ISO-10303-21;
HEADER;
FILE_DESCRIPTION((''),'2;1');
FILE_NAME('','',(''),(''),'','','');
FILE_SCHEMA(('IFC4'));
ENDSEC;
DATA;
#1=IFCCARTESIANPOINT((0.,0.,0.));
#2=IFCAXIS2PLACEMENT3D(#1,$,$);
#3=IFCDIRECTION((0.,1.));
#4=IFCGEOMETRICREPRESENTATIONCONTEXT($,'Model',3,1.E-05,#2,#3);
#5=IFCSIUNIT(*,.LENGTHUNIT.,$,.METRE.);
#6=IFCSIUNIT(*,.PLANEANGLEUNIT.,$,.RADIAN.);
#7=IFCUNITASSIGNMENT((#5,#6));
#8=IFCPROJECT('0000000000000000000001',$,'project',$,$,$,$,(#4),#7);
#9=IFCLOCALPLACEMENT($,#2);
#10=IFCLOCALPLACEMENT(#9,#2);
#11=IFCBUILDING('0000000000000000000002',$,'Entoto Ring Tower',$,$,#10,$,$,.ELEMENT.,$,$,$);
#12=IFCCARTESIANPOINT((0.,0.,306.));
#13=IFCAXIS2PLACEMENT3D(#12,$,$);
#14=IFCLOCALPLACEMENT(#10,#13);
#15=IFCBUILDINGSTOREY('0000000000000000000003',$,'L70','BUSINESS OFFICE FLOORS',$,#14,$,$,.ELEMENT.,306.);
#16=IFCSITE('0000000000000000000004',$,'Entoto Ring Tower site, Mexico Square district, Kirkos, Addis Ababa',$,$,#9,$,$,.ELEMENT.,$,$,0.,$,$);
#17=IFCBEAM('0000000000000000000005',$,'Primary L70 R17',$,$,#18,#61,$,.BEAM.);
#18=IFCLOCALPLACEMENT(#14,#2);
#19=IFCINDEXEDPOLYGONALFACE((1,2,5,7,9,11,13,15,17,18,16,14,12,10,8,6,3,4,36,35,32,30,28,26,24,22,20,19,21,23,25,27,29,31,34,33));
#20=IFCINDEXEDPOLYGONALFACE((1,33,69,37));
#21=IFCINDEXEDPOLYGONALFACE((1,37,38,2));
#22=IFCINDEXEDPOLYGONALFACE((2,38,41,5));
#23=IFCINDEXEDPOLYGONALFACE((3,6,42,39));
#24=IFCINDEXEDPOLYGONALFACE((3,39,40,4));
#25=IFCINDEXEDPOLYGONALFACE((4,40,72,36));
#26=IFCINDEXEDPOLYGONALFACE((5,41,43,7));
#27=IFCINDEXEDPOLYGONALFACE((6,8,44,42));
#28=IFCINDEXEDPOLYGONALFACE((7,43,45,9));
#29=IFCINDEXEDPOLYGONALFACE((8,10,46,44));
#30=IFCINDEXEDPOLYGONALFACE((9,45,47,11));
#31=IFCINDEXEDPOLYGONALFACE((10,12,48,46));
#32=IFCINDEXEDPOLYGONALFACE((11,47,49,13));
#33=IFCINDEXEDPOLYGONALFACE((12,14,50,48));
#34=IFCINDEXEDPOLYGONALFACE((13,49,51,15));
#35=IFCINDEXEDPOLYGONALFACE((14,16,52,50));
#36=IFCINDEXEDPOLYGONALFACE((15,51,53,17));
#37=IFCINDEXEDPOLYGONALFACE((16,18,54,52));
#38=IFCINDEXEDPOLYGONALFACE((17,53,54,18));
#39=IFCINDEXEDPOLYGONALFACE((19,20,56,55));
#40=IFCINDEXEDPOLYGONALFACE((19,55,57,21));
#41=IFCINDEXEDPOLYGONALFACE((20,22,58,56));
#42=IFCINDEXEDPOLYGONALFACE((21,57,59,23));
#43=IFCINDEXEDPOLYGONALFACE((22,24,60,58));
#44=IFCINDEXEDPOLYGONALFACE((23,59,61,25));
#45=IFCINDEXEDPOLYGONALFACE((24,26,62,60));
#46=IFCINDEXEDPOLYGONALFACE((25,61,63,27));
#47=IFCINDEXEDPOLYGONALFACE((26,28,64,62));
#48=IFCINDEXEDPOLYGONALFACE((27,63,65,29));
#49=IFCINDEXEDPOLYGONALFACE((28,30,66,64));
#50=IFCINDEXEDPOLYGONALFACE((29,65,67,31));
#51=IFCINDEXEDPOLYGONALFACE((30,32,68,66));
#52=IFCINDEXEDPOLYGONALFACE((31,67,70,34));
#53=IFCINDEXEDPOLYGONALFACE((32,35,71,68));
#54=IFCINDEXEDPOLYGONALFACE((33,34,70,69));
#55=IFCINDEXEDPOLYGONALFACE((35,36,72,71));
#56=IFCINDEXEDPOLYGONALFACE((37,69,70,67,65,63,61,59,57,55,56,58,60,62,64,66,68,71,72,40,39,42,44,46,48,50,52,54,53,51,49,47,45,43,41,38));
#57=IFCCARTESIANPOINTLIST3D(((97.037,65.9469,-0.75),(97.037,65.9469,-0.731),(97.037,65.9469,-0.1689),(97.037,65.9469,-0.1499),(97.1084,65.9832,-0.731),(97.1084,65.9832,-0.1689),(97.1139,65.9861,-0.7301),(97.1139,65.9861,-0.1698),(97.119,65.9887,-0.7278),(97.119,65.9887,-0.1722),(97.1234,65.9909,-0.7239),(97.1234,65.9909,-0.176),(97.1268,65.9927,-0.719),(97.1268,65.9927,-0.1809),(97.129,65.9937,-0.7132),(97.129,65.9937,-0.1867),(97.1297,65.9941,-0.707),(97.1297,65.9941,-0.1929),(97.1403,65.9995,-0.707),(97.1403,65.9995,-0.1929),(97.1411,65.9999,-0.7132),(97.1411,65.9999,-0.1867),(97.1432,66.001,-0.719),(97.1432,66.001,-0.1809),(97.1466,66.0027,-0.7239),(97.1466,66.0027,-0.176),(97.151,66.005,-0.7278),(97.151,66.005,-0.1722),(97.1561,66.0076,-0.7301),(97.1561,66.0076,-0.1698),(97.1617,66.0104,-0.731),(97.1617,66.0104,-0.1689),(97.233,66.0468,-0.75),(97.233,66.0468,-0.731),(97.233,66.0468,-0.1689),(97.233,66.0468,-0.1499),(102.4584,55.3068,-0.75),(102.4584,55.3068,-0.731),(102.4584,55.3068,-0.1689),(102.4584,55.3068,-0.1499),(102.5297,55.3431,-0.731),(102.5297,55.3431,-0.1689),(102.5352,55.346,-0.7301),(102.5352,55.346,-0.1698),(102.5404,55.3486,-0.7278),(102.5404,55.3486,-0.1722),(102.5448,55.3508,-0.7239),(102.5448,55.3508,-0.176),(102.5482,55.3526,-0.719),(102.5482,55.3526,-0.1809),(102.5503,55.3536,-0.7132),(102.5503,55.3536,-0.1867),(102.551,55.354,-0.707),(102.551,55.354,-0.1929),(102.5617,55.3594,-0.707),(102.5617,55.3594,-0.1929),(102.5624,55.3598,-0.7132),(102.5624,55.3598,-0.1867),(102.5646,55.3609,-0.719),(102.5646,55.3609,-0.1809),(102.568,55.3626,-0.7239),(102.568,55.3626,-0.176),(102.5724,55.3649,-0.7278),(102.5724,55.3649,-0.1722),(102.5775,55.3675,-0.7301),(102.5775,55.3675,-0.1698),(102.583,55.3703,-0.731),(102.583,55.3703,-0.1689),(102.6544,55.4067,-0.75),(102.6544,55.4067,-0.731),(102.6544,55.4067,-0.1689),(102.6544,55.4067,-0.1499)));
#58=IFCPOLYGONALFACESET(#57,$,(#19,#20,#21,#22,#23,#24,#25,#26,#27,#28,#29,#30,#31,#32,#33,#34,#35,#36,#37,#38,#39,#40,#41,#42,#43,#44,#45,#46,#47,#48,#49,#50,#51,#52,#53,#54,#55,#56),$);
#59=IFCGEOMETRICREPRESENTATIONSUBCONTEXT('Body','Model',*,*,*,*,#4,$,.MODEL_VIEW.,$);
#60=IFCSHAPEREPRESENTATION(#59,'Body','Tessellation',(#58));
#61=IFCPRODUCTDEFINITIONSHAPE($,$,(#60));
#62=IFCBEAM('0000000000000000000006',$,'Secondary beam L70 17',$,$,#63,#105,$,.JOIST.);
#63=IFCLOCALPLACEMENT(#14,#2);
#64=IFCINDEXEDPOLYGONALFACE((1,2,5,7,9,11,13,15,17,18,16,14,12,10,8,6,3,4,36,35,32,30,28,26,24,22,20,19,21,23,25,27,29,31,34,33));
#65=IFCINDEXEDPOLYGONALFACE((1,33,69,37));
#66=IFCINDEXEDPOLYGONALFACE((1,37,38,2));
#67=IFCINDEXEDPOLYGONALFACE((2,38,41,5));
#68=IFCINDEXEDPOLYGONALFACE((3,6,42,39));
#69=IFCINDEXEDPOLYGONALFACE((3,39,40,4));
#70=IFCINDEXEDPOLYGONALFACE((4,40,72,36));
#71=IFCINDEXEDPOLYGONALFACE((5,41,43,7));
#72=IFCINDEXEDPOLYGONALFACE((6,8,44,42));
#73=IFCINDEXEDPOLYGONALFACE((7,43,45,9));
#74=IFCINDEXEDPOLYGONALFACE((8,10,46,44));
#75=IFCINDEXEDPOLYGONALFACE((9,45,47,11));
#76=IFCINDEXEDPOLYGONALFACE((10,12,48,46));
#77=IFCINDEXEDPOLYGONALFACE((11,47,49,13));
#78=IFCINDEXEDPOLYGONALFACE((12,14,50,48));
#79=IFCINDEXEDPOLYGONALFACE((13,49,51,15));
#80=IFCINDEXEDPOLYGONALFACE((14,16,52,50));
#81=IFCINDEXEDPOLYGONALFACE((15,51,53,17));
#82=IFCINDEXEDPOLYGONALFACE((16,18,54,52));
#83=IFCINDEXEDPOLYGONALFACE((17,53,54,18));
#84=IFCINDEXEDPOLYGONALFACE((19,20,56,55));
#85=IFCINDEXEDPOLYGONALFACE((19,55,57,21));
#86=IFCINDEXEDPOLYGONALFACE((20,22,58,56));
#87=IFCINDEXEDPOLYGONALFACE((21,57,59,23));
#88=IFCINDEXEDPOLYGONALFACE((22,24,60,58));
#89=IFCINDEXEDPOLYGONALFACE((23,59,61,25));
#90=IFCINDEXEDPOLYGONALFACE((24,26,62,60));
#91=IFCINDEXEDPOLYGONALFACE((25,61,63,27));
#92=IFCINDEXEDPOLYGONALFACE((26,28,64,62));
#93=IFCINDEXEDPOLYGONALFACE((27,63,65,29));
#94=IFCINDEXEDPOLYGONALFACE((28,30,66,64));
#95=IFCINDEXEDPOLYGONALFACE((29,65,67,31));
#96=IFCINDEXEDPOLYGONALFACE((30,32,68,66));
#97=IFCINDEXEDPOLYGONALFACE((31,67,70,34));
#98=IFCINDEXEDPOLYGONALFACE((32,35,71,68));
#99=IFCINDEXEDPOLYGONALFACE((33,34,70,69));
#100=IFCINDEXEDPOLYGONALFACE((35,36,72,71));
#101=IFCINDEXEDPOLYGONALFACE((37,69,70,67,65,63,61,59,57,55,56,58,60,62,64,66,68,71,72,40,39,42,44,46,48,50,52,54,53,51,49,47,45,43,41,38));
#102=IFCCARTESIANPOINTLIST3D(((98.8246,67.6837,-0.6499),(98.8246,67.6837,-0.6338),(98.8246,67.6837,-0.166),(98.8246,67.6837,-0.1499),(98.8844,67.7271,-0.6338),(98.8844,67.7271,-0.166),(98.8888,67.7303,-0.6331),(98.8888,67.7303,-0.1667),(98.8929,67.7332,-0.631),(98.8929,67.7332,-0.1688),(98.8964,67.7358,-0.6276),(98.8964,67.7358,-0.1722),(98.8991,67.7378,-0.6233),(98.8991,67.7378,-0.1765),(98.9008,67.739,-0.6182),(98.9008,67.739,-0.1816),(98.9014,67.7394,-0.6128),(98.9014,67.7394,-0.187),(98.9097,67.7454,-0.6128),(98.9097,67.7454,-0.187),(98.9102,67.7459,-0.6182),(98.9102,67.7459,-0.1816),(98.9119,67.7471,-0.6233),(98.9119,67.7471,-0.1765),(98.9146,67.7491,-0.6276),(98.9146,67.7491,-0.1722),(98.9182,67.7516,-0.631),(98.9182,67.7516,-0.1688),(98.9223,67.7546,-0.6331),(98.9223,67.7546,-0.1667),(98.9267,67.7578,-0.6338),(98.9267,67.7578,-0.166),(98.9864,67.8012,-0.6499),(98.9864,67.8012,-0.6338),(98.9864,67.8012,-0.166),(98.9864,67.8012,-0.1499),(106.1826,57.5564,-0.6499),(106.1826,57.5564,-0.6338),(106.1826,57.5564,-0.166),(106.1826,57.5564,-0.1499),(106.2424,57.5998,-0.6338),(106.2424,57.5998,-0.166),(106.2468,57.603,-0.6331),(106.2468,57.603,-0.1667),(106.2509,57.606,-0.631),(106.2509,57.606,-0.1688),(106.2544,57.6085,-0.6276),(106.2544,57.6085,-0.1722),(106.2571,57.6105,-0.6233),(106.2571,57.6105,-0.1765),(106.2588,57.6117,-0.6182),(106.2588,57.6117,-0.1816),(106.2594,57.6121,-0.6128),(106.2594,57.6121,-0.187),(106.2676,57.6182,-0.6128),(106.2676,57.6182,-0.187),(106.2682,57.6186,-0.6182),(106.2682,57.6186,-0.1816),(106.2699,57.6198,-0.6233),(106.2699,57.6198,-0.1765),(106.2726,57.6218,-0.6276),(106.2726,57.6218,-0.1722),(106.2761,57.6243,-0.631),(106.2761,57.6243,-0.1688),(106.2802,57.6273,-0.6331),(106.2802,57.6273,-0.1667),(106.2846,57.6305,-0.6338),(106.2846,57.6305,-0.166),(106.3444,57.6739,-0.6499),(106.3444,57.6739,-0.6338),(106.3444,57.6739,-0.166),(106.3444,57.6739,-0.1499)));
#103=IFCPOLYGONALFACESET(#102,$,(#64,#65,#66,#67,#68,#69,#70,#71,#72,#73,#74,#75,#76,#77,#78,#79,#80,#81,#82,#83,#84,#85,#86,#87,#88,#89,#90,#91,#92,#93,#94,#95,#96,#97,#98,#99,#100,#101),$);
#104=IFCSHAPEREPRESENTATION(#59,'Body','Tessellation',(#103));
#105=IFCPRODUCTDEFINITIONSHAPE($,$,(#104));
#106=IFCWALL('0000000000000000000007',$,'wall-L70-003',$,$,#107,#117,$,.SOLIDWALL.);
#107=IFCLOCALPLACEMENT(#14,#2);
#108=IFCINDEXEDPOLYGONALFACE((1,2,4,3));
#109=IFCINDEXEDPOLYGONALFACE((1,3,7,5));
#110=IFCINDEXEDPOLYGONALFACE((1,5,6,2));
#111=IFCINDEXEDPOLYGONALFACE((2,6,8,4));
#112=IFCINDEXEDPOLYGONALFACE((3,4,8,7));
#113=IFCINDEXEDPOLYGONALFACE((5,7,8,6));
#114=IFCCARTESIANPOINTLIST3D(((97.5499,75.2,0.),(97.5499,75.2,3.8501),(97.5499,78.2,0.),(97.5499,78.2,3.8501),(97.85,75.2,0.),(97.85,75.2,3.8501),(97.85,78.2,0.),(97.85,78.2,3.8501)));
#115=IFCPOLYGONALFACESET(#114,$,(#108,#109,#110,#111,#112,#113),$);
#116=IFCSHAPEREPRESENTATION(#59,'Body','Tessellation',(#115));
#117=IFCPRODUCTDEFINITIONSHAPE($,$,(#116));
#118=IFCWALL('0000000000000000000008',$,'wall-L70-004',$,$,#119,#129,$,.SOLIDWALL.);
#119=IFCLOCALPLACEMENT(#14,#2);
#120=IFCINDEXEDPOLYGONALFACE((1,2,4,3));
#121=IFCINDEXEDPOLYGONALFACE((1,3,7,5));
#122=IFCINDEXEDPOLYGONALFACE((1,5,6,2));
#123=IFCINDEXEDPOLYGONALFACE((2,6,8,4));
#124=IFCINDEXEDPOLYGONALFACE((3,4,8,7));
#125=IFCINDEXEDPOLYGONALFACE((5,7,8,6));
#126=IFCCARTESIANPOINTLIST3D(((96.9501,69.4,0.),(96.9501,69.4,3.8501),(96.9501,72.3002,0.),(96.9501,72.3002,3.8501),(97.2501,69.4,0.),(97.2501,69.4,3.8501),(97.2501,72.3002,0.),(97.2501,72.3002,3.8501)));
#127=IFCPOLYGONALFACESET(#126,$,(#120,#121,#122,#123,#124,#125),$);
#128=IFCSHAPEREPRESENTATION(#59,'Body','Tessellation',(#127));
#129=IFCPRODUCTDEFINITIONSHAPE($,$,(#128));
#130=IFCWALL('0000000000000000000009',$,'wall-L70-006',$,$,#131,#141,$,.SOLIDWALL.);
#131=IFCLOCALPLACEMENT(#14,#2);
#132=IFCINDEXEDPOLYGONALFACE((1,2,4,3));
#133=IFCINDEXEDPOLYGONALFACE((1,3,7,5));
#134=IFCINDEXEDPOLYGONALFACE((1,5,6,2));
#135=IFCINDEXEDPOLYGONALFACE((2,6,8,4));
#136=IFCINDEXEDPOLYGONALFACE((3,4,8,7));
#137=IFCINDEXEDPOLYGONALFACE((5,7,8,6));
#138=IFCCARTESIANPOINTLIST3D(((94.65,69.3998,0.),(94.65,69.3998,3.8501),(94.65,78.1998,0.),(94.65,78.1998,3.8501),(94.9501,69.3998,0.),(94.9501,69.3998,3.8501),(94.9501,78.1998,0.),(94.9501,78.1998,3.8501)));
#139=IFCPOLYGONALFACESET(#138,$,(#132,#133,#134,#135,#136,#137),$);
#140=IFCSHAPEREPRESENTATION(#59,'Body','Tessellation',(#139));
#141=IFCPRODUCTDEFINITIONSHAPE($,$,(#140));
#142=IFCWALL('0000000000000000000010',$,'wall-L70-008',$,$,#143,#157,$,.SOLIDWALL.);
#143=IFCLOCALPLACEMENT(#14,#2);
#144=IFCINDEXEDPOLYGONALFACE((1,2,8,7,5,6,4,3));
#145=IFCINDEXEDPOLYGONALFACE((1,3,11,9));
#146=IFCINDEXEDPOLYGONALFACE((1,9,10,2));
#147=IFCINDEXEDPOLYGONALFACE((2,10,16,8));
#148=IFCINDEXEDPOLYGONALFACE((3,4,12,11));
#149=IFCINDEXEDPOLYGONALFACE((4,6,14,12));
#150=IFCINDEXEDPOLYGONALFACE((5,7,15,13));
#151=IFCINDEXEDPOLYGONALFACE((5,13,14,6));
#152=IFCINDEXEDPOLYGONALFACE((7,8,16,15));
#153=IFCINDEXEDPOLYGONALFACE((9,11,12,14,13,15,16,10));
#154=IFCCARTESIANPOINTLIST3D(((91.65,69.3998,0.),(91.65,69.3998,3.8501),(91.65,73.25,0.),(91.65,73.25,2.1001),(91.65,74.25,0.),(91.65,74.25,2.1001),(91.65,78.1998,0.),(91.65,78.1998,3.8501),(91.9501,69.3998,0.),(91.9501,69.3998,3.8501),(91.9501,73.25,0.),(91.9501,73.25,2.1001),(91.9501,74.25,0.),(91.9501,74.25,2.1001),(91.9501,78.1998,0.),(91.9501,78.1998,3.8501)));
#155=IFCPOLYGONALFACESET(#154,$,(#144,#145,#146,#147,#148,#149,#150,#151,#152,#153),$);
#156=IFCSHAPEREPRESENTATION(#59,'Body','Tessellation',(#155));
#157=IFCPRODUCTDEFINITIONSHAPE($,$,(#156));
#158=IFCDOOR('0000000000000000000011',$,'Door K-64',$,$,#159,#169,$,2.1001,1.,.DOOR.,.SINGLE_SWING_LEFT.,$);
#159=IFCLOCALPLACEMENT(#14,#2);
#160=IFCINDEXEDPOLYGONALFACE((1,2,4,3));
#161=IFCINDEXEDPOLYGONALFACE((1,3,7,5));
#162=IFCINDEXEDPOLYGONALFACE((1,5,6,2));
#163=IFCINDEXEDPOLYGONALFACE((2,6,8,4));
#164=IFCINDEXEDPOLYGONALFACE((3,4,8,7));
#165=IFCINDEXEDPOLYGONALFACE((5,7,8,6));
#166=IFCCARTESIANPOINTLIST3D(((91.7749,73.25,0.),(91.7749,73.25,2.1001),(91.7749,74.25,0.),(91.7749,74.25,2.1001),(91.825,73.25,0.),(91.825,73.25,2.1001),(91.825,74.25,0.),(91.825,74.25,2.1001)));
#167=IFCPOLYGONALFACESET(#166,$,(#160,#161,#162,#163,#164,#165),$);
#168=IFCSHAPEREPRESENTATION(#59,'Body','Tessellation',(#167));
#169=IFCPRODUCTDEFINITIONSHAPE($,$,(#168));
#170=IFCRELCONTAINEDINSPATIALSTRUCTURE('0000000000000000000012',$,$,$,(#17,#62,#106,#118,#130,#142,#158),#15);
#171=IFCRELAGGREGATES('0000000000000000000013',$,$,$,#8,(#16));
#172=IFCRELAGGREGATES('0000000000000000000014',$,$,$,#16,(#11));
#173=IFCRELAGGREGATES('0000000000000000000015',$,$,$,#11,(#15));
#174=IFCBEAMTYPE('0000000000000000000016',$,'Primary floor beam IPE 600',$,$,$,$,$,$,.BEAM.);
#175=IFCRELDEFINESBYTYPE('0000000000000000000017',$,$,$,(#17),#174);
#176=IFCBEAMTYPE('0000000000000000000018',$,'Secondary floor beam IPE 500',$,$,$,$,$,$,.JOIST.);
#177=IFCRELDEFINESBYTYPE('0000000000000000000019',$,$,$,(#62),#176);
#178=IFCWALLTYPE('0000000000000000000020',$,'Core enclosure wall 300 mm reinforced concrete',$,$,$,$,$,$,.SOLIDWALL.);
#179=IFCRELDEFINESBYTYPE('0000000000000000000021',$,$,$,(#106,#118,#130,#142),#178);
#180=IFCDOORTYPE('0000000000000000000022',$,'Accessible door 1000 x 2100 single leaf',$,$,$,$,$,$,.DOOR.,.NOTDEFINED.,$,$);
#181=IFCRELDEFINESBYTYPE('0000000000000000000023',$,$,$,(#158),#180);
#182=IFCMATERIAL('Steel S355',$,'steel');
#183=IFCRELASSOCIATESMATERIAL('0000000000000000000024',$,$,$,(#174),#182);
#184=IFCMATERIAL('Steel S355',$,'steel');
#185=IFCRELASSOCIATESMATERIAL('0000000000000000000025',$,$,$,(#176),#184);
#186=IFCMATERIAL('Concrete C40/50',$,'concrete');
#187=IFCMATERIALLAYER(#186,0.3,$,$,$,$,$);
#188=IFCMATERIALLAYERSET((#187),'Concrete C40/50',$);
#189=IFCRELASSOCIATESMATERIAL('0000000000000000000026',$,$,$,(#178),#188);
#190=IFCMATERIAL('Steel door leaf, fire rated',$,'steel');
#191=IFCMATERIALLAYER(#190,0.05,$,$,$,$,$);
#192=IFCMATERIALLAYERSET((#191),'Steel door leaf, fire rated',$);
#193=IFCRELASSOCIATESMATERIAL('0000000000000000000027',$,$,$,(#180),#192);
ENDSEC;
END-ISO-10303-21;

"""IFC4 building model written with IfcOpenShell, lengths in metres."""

from ifc_helpers import new_model, si_unit, direction, frame, frame_2d, origin, origin_2d, place, context, subcontext, project, spatial, rectangle, i_section, extrude, material, layer, layer_set, material_profile, profile_set, type_object, element, fill, save


model = new_model("IFC4")

# Units and contexts
model_context = context("Model", 3, precision=1e-05, world=origin(), true_north=direction((0.0, 1.0)))
body_context = subcontext(model_context, "Body", "Model", "MODEL_VIEW")
ifc_project = project(units=[si_unit("LENGTHUNIT", "METRE"), si_unit("PLANEANGLEUNIT", "RADIAN")], contexts=[model_context])

# Site, building, storey
site_placement = place(None, origin())
site = spatial("IfcSite", under=ifc_project, at=site_placement, Name="Entoto Ring Tower site, Mexico Square district, Kirkos, Addis Ababa", CompositionType="ELEMENT", RefElevation=0.0)
building_placement = place(site_placement, origin())
building = spatial("IfcBuilding", under=site, at=building_placement, Name="Entoto Ring Tower", CompositionType="ELEMENT")
storey_placement = place(building_placement, frame((0.0, 0.0, 306.0)))
storey = spatial("IfcBuildingStorey", under=building, at=storey_placement, Name="L70", Description="BUSINESS OFFICE FLOORS", CompositionType="ELEMENT", Elevation=306.0)

# Beams
ifc_material_1 = material(Name="Steel S355", Category="steel")
ifc_material_profile_1 = material_profile(ifc_material_1, i_section(OverallWidth=0.22, OverallDepth=0.6001, WebThickness=0.012, FlangeThickness=0.019, FilletRadius=0.0239, at=origin_2d()), Name="IPE 600")
ifc_profile_set_1 = profile_set([ifc_material_profile_1], Name="Steel S355")
beam_type_1 = type_object("IfcBeamType", Name="Primary floor beam IPE 600", PredefinedType="BEAM", material=ifc_profile_set_1)
beam_1_placement = place(storey_placement, frame((97.135, 65.9968, -0.45), z_axis=(0.453988, -0.891008, 0.0), x_axis=(0.891008, 0.453988, 0.0)))
element("IfcBeam", 1, at=beam_1_placement, inside=storey, type_object=beam_type_1, Name="Primary L70 R17", PredefinedType="BEAM", context=body_context, shape_type="SweptSolid", body=[
    extrude(i_section(OverallWidth=0.22, OverallDepth=0.6001, WebThickness=0.012, FlangeThickness=0.019, FilletRadius=0.0239, at=origin_2d()), origin(), (0.0, 0.0, 1.0), 11.9417),
])
ifc_material_2 = material(Name="Steel S355", Category="steel")
ifc_material_profile_2 = material_profile(ifc_material_2, i_section(OverallWidth=0.2, OverallDepth=0.5, WebThickness=0.0103, FlangeThickness=0.0161, FilletRadius=0.021, at=origin_2d()), Name="IPE 500")
ifc_profile_set_2 = profile_set([ifc_material_profile_2], Name="Steel S355")
beam_type_2 = type_object("IfcBeamType", Name="Secondary floor beam IPE 500", PredefinedType="JOIST", material=ifc_profile_set_2)
beam_2_placement = place(storey_placement, frame((98.9055, 67.7424, -0.3999), z_axis=(0.587789, -0.809014, 0.0), x_axis=(0.809014, 0.587789, 0.0)))
element("IfcBeam", 2, at=beam_2_placement, inside=storey, type_object=beam_type_2, Name="Secondary beam L70 17", PredefinedType="JOIST", context=body_context, shape_type="SweptSolid", body=[
    extrude(i_section(OverallWidth=0.2, OverallDepth=0.5, WebThickness=0.0103, FlangeThickness=0.0161, FilletRadius=0.021, at=origin_2d()), origin(), (0.0, 0.0, 1.0), 12.5181),
])

# Walls
ifc_material_3 = material(Name="Concrete C40/50", Category="concrete")
ifc_layer_1 = layer(ifc_material_3, 0.3)
ifc_layer_set_1 = layer_set([ifc_layer_1], Name="Concrete C40/50")
wall_type_1 = type_object("IfcWallType", Name="Core enclosure wall 300 mm reinforced concrete", PredefinedType="SOLIDWALL", material=ifc_layer_set_1)
wall_1_placement = place(storey_placement, frame((97.7, 75.2, 0.0), z_axis=(0.0, 0.0, 1.0), x_axis=(0.0, 1.0, 0.0)))
element("IfcWall", 3, at=wall_1_placement, inside=storey, type_object=wall_type_1, Name="wall-L70-003", PredefinedType="SOLIDWALL", context=body_context, shape_type="SweptSolid", body=[
    extrude(rectangle(XDim=3.0, YDim=0.3, at=frame_2d((1.5, 0.0))), origin(), (0.0, 0.0, 1.0), 3.8501),
])
wall_2_placement = place(storey_placement, frame((97.1001, 69.3999, 0.0), z_axis=(0.0, 0.0, 1.0), x_axis=(0.0, 1.0, 0.0)))
element("IfcWall", 4, at=wall_2_placement, inside=storey, type_object=wall_type_1, Name="wall-L70-004", PredefinedType="SOLIDWALL", context=body_context, shape_type="SweptSolid", body=[
    extrude(rectangle(XDim=2.9001, YDim=0.3, at=frame_2d((1.4502, 0.0))), origin(), (0.0, 0.0, 1.0), 3.8501),
])
wall_3_placement = place(storey_placement, frame((94.8, 69.3999, 0.0), z_axis=(0.0, 0.0, 1.0), x_axis=(0.0, 1.0, 0.0)))
element("IfcWall", 5, at=wall_3_placement, inside=storey, type_object=wall_type_1, Name="wall-L70-006", PredefinedType="SOLIDWALL", context=body_context, shape_type="SweptSolid", body=[
    extrude(rectangle(XDim=8.8, YDim=0.3, at=frame_2d((4.3999, 0.0))), origin(), (0.0, 0.0, 1.0), 3.8501),
])

# Wall, opening, door
wall_4_placement = place(storey_placement, frame((91.8, 69.3999, 0.0), z_axis=(0.0, 0.0, 1.0), x_axis=(0.0, 1.0, 0.0)))
wall_4 = element("IfcWall", 6, at=wall_4_placement, inside=storey, type_object=wall_type_1, Name="wall-L70-008", PredefinedType="SOLIDWALL", context=body_context, shape_type="SweptSolid", body=[
    extrude(rectangle(XDim=8.8, YDim=0.3, at=frame_2d((4.3999, 0.0))), origin(), (0.0, 0.0, 1.0), 3.8501),
])
opening_1_placement = place(wall_4_placement, frame((3.8501, 0.0, 0.0)))
opening_1 = element("IfcOpeningElement", 7, at=opening_1_placement, cuts=wall_4, PredefinedType="OPENING", context=body_context, shape_type="SweptSolid", body=[
    extrude(rectangle(XDim=1.0, YDim=2.1001, at=frame_2d((0.5, 1.05))), frame((0.0, 0.1602, 0.0), z_axis=(0.0, -1.0, 0.0), x_axis=(1.0, 0.0, 0.0)), (0.0, 0.0, 1.0), 0.3201),
])
ifc_material_4 = material(Name="Steel door leaf, fire rated", Category="steel")
ifc_layer_2 = layer(ifc_material_4, 0.05)
ifc_layer_set_2 = layer_set([ifc_layer_2], Name="Steel door leaf, fire rated")
door_type_1 = type_object("IfcDoorType", Name="Accessible door 1000 x 2100 single leaf", OperationType="NOTDEFINED", PredefinedType="DOOR", material=ifc_layer_set_2)
door_1_placement = place(opening_1_placement, frame((1.0, 0.0, 0.0), z_axis=(0.0, 0.0, 1.0), x_axis=(-1.0, 0.0, 0.0)))
door_1 = element("IfcDoor", 8, at=door_1_placement, inside=storey, type_object=door_type_1, Name="Door K-64", OperationType="SINGLE_SWING_LEFT", OverallHeight=2.1001, OverallWidth=1.0, PredefinedType="DOOR", context=body_context, shape_type="SweptSolid", body=[
    extrude(rectangle(XDim=1.0, YDim=2.1001, at=frame_2d((0.5, 1.05))), frame((0.0, 0.0249, 0.0), z_axis=(0.0, -1.0, 0.0), x_axis=(1.0, 0.0, 0.0)), (0.0, 0.0, 1.0), 0.05),
])
fill(opening_1, door_1)

save(model, "model.ifc")
